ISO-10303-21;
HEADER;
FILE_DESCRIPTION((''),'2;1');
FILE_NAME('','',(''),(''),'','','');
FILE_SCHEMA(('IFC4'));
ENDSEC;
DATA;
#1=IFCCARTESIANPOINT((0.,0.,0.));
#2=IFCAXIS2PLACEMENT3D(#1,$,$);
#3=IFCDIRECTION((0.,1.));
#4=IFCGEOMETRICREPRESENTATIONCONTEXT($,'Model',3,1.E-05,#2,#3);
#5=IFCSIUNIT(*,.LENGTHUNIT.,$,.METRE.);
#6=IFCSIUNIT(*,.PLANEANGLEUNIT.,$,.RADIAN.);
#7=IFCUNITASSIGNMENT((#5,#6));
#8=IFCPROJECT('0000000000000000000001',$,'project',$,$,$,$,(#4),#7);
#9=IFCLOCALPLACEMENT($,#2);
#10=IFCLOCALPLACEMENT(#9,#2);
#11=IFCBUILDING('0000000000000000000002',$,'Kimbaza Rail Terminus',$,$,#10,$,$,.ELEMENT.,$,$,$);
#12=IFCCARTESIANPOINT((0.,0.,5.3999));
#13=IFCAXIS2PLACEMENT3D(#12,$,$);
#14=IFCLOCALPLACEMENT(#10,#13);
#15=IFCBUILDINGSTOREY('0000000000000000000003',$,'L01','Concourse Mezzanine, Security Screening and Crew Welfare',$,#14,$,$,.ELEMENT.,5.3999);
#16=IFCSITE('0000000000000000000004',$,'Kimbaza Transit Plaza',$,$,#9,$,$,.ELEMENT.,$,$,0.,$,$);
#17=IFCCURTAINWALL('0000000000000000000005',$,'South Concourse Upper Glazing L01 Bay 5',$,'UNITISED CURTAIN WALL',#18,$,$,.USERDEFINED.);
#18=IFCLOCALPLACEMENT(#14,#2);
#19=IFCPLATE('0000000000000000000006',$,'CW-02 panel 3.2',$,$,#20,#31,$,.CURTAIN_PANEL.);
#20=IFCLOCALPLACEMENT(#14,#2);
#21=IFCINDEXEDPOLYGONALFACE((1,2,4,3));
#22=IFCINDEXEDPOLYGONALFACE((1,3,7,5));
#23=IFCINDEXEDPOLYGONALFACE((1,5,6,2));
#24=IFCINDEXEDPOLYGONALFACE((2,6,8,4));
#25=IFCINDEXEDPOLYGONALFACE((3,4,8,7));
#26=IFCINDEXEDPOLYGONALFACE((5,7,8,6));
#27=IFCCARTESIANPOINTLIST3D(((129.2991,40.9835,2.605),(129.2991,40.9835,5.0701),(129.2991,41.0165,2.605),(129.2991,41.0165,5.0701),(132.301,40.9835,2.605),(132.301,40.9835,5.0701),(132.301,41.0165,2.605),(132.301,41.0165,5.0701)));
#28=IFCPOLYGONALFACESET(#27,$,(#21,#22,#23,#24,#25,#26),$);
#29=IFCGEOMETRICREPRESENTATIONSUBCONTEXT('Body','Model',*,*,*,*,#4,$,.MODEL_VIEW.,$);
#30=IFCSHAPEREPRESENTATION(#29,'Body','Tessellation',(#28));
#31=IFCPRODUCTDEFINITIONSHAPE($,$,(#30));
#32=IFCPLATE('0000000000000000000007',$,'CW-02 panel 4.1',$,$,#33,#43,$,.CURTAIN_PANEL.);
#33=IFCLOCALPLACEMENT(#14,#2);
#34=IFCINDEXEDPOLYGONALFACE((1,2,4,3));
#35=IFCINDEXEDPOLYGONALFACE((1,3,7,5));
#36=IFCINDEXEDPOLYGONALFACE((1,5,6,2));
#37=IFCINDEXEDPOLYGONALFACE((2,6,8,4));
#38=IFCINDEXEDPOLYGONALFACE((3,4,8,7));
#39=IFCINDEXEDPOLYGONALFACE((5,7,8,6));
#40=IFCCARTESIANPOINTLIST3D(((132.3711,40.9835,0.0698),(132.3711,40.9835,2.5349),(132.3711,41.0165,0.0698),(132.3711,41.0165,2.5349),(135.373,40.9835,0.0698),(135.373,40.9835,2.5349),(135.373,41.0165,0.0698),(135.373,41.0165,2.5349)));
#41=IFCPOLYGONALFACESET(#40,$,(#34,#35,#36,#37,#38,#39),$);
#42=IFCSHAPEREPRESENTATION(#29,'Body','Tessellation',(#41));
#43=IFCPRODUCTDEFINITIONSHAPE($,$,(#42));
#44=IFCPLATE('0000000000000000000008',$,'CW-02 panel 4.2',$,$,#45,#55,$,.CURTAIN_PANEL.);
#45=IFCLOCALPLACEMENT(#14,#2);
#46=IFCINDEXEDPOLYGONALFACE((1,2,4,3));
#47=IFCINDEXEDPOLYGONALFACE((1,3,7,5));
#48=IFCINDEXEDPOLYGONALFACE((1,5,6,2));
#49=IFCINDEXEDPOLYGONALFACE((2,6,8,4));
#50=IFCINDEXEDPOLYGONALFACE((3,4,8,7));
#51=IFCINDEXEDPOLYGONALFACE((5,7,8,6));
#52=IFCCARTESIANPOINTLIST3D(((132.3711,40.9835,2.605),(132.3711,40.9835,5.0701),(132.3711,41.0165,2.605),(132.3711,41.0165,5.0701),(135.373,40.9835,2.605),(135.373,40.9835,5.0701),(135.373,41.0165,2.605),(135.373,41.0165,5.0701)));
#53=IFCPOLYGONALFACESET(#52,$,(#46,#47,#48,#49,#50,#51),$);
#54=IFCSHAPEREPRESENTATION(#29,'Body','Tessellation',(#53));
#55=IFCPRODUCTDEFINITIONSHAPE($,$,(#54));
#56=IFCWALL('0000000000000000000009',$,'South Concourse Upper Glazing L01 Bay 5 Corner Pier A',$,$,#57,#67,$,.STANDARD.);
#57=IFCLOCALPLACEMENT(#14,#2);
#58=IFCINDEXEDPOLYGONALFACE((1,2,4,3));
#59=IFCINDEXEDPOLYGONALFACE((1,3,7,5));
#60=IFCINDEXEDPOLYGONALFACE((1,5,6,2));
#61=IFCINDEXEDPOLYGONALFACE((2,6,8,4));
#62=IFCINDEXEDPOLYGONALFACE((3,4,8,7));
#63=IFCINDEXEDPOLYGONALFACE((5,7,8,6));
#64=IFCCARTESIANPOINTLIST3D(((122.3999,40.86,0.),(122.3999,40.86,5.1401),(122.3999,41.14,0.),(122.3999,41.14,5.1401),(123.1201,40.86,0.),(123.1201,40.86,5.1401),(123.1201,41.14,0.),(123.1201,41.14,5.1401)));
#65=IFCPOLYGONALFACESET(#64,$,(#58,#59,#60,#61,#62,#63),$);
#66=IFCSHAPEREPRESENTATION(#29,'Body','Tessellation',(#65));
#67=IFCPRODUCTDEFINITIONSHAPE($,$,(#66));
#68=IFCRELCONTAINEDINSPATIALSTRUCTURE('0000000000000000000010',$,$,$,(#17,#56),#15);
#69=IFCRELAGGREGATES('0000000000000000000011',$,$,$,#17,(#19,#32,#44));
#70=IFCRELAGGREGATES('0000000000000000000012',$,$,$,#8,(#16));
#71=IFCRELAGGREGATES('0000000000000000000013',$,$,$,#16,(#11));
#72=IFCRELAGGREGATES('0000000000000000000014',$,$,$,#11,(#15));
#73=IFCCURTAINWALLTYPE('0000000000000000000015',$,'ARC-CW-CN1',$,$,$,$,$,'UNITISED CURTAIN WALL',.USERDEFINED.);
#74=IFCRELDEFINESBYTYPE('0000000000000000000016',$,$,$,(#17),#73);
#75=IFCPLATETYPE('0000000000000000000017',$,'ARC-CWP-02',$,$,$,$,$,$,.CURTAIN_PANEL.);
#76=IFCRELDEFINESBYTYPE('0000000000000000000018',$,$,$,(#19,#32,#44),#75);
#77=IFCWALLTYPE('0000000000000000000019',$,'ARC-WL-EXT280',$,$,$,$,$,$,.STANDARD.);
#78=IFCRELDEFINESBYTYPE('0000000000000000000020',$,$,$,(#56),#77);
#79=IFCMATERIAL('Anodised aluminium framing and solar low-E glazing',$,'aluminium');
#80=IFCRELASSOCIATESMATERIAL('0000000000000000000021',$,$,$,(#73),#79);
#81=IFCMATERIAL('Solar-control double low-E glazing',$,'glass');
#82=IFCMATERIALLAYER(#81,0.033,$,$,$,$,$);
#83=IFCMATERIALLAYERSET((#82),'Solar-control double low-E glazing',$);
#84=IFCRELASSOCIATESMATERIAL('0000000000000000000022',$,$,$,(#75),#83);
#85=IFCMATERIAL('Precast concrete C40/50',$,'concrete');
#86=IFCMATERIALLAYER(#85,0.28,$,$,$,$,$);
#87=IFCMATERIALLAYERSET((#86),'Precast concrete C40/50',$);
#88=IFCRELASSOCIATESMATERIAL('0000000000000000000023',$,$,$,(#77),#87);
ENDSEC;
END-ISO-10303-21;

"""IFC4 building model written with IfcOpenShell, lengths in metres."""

from ifc_helpers import new_model, si_unit, direction, frame, frame_2d, origin, origin_2d, place, context, subcontext, project, spatial, rectangle, extrude, material, layer, layer_set, type_object, element, aggregate, save


model = new_model("IFC4")

# Units and contexts
model_context = context("Model", 3, precision=1e-05, world=origin(), true_north=direction((0.0, 1.0)))
body_context = subcontext(model_context, "Body", "Model", "MODEL_VIEW")
ifc_project = project(units=[si_unit("LENGTHUNIT", "METRE"), si_unit("PLANEANGLEUNIT", "RADIAN")], contexts=[model_context])

# Site, building, storey
site_placement = place(None, origin())
site = spatial("IfcSite", under=ifc_project, at=site_placement, Name="Kimbaza Transit Plaza", CompositionType="ELEMENT", RefElevation=0.0)
building_placement = place(site_placement, origin())
building = spatial("IfcBuilding", under=site, at=building_placement, Name="Kimbaza Rail Terminus", CompositionType="ELEMENT")
storey_placement = place(building_placement, frame((0.0, 0.0, 5.3999)))
storey = spatial("IfcBuildingStorey", under=building, at=storey_placement, Name="L01", Description="Concourse Mezzanine, Security Screening and Crew Welfare", CompositionType="ELEMENT", Elevation=5.3999)

# Curtain wall
ifc_material_1 = material(Name="Anodised aluminium framing and solar low-E glazing", Category="aluminium")
curtain_wall_type = type_object("IfcCurtainWallType", Name="ARC-CW-CN1", ElementType="UNITISED CURTAIN WALL", PredefinedType="USERDEFINED", material=ifc_material_1)
curtain_wall_placement = place(storey_placement, origin())
curtain_wall = element("IfcCurtainWall", 1, at=curtain_wall_placement, inside=storey, type_object=curtain_wall_type, Name="South Concourse Upper Glazing L01 Bay 5", ObjectType="UNITISED CURTAIN WALL", PredefinedType="USERDEFINED")

# Plates
ifc_material_2 = material(Name="Solar-control double low-E glazing", Category="glass")
ifc_layer_1 = layer(ifc_material_2, 0.033)
ifc_layer_set_1 = layer_set([ifc_layer_1], Name="Solar-control double low-E glazing")
plate_type = type_object("IfcPlateType", Name="ARC-CWP-02", PredefinedType="CURTAIN_PANEL", material=ifc_layer_set_1)
plate_1_placement = place(storey_placement, frame((130.8, 41.0, 2.605), z_axis=(0.0, 0.0, 1.0), x_axis=(1.0, 0.0, 0.0)))
plate_1 = element("IfcPlate", 2, at=plate_1_placement, type_object=plate_type, Name="CW-02 panel 3.2", PredefinedType="CURTAIN_PANEL", context=body_context, shape_type="SweptSolid", body=[
    extrude(rectangle(XDim=3.002, YDim=0.033, at=origin_2d()), origin(), (0.0, 0.0, 1.0), 2.4651),
])
plate_2_placement = place(storey_placement, frame((133.8721, 41.0, 0.0698), z_axis=(0.0, 0.0, 1.0), x_axis=(1.0, 0.0, 0.0)))
plate_2 = element("IfcPlate", 3, at=plate_2_placement, type_object=plate_type, Name="CW-02 panel 4.1", PredefinedType="CURTAIN_PANEL", context=body_context, shape_type="SweptSolid", body=[
    extrude(rectangle(XDim=3.002, YDim=0.033, at=origin_2d()), origin(), (0.0, 0.0, 1.0), 2.4651),
])
plate_3_placement = place(storey_placement, frame((133.8721, 41.0, 2.605), z_axis=(0.0, 0.0, 1.0), x_axis=(1.0, 0.0, 0.0)))
plate_3 = element("IfcPlate", 4, at=plate_3_placement, type_object=plate_type, Name="CW-02 panel 4.2", PredefinedType="CURTAIN_PANEL", context=body_context, shape_type="SweptSolid", body=[
    extrude(rectangle(XDim=3.002, YDim=0.033, at=origin_2d()), origin(), (0.0, 0.0, 1.0), 2.4651),
])
aggregate(curtain_wall, [plate_1, plate_2, plate_3])

# Wall
ifc_material_3 = material(Name="Precast concrete C40/50", Category="concrete")
ifc_layer_2 = layer(ifc_material_3, 0.28)
ifc_layer_set_2 = layer_set([ifc_layer_2], Name="Precast concrete C40/50")
wall_type = type_object("IfcWallType", Name="ARC-WL-EXT280", PredefinedType="STANDARD", material=ifc_layer_set_2)
wall_placement = place(storey_placement, frame((122.3999, 41.0, 0.0), z_axis=(0.0, 0.0, 1.0), x_axis=(1.0, 0.0, 0.0)))
element("IfcWall", 5, at=wall_placement, inside=storey, type_object=wall_type, Name="South Concourse Upper Glazing L01 Bay 5 Corner Pier A", PredefinedType="STANDARD", context=body_context, shape_type="SweptSolid", body=[
    extrude(rectangle(XDim=0.7202, YDim=0.28, at=frame_2d((0.3601, 0.0))), origin(), (0.0, 0.0, 1.0), 5.1401),
])

save(model, "model.ifc")
